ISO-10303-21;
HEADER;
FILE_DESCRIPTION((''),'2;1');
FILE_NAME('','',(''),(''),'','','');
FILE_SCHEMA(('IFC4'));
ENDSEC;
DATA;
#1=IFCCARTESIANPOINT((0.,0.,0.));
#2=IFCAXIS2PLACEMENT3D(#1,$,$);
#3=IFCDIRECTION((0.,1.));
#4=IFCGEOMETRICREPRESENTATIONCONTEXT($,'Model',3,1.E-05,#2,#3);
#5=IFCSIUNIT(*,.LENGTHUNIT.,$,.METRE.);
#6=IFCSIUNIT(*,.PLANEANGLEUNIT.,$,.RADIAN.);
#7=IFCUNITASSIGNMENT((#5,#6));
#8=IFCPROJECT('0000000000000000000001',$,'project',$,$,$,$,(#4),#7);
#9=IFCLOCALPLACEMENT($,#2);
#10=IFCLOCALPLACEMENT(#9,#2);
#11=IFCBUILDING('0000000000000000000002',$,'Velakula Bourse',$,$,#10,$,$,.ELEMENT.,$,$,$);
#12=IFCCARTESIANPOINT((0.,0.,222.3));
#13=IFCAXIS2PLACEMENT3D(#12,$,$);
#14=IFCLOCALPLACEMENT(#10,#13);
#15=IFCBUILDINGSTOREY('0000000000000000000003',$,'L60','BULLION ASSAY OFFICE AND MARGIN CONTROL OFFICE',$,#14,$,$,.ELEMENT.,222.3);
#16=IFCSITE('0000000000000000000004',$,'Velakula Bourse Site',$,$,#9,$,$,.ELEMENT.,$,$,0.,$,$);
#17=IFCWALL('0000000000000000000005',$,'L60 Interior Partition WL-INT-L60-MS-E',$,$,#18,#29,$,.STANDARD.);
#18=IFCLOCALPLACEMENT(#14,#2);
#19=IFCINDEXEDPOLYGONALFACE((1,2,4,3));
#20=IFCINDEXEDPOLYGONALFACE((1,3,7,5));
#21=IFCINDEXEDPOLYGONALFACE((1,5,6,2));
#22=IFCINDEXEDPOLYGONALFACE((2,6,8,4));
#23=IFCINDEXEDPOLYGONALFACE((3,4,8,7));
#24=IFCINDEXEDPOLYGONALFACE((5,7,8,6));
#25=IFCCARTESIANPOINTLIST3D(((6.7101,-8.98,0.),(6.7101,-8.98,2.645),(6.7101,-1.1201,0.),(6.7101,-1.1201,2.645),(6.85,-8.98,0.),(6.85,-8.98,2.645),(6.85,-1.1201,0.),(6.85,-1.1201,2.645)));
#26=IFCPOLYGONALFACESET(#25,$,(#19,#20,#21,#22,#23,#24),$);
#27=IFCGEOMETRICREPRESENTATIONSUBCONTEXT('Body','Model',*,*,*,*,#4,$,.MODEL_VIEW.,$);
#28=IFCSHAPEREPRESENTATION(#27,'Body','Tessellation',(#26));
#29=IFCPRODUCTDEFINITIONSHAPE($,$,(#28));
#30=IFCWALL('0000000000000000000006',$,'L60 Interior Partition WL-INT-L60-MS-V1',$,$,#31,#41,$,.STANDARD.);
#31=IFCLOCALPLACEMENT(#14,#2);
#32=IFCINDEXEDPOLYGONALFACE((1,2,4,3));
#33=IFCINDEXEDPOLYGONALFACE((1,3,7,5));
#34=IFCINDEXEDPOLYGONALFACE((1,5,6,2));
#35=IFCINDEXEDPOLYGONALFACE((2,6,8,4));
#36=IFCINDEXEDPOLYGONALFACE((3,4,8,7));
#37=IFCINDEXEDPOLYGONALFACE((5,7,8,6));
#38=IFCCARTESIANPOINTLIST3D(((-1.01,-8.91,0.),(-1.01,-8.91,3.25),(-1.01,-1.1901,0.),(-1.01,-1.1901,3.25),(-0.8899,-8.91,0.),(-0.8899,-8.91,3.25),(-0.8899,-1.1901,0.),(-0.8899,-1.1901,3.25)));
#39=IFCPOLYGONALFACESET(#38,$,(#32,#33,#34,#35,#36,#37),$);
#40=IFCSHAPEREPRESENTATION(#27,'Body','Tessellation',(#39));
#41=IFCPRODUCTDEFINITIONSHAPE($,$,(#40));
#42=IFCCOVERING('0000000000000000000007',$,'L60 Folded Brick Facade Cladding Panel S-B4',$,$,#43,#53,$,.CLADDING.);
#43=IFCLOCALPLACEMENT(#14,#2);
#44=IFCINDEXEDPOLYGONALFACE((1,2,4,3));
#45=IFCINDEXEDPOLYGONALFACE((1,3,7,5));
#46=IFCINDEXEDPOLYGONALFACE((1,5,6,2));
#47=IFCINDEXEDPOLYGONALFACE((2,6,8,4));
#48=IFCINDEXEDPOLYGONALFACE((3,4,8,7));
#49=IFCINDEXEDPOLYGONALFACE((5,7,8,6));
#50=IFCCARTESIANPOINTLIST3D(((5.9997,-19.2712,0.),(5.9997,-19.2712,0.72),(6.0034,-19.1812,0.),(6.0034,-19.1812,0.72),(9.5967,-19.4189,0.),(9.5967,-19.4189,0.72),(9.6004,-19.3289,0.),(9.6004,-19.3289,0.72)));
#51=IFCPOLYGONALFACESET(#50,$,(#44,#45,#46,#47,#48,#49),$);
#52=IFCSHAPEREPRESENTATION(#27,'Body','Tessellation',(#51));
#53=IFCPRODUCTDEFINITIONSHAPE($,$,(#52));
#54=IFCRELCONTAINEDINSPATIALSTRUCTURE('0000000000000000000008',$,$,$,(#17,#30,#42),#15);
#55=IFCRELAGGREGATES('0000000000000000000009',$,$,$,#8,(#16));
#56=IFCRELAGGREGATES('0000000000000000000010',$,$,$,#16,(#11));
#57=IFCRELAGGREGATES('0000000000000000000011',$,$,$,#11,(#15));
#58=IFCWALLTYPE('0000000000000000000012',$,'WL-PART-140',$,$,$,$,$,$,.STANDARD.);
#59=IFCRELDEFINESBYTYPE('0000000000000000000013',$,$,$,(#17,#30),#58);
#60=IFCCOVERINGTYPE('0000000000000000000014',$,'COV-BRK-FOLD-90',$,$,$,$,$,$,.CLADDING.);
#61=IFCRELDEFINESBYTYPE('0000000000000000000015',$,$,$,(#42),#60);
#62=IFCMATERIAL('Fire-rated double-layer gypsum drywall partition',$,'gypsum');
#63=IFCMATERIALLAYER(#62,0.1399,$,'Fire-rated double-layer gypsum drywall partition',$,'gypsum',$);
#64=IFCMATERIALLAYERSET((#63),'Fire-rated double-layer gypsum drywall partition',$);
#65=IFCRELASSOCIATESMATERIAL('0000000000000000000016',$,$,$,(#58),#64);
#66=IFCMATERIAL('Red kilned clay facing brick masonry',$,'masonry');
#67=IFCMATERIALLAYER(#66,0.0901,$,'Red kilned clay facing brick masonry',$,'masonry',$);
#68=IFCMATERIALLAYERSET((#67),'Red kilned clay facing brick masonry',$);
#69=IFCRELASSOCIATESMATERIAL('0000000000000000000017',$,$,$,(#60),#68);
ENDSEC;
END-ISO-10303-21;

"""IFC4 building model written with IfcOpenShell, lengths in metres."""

from ifc_helpers import new_model, si_unit, direction, frame, frame_2d, origin, origin_2d, place, context, subcontext, project, spatial, rectangle, extrude, material, layer, layer_set, type_object, element, save


model = new_model("IFC4")

# Units and contexts
model_context = context("Model", 3, precision=1e-05, world=origin(), true_north=direction((0.0, 1.0)))
body_context = subcontext(model_context, "Body", "Model", "MODEL_VIEW")
ifc_project = project(units=[si_unit("LENGTHUNIT", "METRE"), si_unit("PLANEANGLEUNIT", "RADIAN")], contexts=[model_context])

# Site, building, storey
site_placement = place(None, origin())
site = spatial("IfcSite", under=ifc_project, at=site_placement, Name="Velakula Bourse Site", CompositionType="ELEMENT", RefElevation=0.0)
building_placement = place(site_placement, origin())
building = spatial("IfcBuilding", under=site, at=building_placement, Name="Velakula Bourse", CompositionType="ELEMENT")
storey_placement = place(building_placement, frame((0.0, 0.0, 222.3)))
storey = spatial("IfcBuildingStorey", under=building, at=storey_placement, Name="L60", Description="BULLION ASSAY OFFICE AND MARGIN CONTROL OFFICE", CompositionType="ELEMENT", Elevation=222.3)

# Walls
ifc_material_1 = material(Name="Fire-rated double-layer gypsum drywall partition", Category="gypsum")
ifc_layer_1 = layer(ifc_material_1, 0.1399, Name="Fire-rated double-layer gypsum drywall partition", Category="gypsum")
ifc_layer_set_1 = layer_set([ifc_layer_1], Name="Fire-rated double-layer gypsum drywall partition")
wall_type_1 = type_object("IfcWallType", Name="WL-PART-140", PredefinedType="STANDARD", material=ifc_layer_set_1)
wall_1_placement = place(storey_placement, frame((6.78, -8.98, 0.0), z_axis=(0.0, 0.0, 1.0), x_axis=(0.0, 1.0, 0.0)))
element("IfcWall", 1, at=wall_1_placement, inside=storey, type_object=wall_type_1, Name="L60 Interior Partition WL-INT-L60-MS-E", PredefinedType="STANDARD", context=body_context, shape_type="SweptSolid", body=[
    extrude(rectangle(XDim=7.8599, YDim=0.1399, at=frame_2d((3.9299, 0.0))), origin(), (0.0, 0.0, 1.0), 2.645),
])
wall_2_placement = place(storey_placement, frame((-0.95, -8.9099, 0.0), z_axis=(0.0, 0.0, 1.0), x_axis=(0.0, 1.0, 0.0)))
element("IfcWall", 2, at=wall_2_placement, inside=storey, type_object=wall_type_1, Name="L60 Interior Partition WL-INT-L60-MS-V1", PredefinedType="STANDARD", context=body_context, shape_type="SweptSolid", body=[
    extrude(rectangle(XDim=7.72, YDim=0.1201, at=frame_2d((3.8599, 0.0))), origin(), (0.0, 0.0, 1.0), 3.25),
])

# Covering
ifc_material_2 = material(Name="Red kilned clay facing brick masonry", Category="masonry")
ifc_layer_2 = layer(ifc_material_2, 0.0901, Name="Red kilned clay facing brick masonry", Category="masonry")
ifc_layer_set_2 = layer_set([ifc_layer_2], Name="Red kilned clay facing brick masonry")
covering_type = type_object("IfcCoveringType", Name="COV-BRK-FOLD-90", PredefinedType="CLADDING", material=ifc_layer_set_2)
covering_placement = place(storey_placement, frame((7.8, -19.3, 0.0), z_axis=(0.0, 0.0, 1.0), x_axis=(0.999159, -0.041004, 0.0)))
element("IfcCovering", 3, at=covering_placement, inside=storey, type_object=covering_type, Name="L60 Folded Brick Facade Cladding Panel S-B4", PredefinedType="CLADDING", context=body_context, shape_type="SweptSolid", body=[
    extrude(rectangle(XDim=3.6001, YDim=0.0901, at=origin_2d()), origin(), (0.0, 0.0, 1.0), 0.72),
])

save(model, "model.ifc")
